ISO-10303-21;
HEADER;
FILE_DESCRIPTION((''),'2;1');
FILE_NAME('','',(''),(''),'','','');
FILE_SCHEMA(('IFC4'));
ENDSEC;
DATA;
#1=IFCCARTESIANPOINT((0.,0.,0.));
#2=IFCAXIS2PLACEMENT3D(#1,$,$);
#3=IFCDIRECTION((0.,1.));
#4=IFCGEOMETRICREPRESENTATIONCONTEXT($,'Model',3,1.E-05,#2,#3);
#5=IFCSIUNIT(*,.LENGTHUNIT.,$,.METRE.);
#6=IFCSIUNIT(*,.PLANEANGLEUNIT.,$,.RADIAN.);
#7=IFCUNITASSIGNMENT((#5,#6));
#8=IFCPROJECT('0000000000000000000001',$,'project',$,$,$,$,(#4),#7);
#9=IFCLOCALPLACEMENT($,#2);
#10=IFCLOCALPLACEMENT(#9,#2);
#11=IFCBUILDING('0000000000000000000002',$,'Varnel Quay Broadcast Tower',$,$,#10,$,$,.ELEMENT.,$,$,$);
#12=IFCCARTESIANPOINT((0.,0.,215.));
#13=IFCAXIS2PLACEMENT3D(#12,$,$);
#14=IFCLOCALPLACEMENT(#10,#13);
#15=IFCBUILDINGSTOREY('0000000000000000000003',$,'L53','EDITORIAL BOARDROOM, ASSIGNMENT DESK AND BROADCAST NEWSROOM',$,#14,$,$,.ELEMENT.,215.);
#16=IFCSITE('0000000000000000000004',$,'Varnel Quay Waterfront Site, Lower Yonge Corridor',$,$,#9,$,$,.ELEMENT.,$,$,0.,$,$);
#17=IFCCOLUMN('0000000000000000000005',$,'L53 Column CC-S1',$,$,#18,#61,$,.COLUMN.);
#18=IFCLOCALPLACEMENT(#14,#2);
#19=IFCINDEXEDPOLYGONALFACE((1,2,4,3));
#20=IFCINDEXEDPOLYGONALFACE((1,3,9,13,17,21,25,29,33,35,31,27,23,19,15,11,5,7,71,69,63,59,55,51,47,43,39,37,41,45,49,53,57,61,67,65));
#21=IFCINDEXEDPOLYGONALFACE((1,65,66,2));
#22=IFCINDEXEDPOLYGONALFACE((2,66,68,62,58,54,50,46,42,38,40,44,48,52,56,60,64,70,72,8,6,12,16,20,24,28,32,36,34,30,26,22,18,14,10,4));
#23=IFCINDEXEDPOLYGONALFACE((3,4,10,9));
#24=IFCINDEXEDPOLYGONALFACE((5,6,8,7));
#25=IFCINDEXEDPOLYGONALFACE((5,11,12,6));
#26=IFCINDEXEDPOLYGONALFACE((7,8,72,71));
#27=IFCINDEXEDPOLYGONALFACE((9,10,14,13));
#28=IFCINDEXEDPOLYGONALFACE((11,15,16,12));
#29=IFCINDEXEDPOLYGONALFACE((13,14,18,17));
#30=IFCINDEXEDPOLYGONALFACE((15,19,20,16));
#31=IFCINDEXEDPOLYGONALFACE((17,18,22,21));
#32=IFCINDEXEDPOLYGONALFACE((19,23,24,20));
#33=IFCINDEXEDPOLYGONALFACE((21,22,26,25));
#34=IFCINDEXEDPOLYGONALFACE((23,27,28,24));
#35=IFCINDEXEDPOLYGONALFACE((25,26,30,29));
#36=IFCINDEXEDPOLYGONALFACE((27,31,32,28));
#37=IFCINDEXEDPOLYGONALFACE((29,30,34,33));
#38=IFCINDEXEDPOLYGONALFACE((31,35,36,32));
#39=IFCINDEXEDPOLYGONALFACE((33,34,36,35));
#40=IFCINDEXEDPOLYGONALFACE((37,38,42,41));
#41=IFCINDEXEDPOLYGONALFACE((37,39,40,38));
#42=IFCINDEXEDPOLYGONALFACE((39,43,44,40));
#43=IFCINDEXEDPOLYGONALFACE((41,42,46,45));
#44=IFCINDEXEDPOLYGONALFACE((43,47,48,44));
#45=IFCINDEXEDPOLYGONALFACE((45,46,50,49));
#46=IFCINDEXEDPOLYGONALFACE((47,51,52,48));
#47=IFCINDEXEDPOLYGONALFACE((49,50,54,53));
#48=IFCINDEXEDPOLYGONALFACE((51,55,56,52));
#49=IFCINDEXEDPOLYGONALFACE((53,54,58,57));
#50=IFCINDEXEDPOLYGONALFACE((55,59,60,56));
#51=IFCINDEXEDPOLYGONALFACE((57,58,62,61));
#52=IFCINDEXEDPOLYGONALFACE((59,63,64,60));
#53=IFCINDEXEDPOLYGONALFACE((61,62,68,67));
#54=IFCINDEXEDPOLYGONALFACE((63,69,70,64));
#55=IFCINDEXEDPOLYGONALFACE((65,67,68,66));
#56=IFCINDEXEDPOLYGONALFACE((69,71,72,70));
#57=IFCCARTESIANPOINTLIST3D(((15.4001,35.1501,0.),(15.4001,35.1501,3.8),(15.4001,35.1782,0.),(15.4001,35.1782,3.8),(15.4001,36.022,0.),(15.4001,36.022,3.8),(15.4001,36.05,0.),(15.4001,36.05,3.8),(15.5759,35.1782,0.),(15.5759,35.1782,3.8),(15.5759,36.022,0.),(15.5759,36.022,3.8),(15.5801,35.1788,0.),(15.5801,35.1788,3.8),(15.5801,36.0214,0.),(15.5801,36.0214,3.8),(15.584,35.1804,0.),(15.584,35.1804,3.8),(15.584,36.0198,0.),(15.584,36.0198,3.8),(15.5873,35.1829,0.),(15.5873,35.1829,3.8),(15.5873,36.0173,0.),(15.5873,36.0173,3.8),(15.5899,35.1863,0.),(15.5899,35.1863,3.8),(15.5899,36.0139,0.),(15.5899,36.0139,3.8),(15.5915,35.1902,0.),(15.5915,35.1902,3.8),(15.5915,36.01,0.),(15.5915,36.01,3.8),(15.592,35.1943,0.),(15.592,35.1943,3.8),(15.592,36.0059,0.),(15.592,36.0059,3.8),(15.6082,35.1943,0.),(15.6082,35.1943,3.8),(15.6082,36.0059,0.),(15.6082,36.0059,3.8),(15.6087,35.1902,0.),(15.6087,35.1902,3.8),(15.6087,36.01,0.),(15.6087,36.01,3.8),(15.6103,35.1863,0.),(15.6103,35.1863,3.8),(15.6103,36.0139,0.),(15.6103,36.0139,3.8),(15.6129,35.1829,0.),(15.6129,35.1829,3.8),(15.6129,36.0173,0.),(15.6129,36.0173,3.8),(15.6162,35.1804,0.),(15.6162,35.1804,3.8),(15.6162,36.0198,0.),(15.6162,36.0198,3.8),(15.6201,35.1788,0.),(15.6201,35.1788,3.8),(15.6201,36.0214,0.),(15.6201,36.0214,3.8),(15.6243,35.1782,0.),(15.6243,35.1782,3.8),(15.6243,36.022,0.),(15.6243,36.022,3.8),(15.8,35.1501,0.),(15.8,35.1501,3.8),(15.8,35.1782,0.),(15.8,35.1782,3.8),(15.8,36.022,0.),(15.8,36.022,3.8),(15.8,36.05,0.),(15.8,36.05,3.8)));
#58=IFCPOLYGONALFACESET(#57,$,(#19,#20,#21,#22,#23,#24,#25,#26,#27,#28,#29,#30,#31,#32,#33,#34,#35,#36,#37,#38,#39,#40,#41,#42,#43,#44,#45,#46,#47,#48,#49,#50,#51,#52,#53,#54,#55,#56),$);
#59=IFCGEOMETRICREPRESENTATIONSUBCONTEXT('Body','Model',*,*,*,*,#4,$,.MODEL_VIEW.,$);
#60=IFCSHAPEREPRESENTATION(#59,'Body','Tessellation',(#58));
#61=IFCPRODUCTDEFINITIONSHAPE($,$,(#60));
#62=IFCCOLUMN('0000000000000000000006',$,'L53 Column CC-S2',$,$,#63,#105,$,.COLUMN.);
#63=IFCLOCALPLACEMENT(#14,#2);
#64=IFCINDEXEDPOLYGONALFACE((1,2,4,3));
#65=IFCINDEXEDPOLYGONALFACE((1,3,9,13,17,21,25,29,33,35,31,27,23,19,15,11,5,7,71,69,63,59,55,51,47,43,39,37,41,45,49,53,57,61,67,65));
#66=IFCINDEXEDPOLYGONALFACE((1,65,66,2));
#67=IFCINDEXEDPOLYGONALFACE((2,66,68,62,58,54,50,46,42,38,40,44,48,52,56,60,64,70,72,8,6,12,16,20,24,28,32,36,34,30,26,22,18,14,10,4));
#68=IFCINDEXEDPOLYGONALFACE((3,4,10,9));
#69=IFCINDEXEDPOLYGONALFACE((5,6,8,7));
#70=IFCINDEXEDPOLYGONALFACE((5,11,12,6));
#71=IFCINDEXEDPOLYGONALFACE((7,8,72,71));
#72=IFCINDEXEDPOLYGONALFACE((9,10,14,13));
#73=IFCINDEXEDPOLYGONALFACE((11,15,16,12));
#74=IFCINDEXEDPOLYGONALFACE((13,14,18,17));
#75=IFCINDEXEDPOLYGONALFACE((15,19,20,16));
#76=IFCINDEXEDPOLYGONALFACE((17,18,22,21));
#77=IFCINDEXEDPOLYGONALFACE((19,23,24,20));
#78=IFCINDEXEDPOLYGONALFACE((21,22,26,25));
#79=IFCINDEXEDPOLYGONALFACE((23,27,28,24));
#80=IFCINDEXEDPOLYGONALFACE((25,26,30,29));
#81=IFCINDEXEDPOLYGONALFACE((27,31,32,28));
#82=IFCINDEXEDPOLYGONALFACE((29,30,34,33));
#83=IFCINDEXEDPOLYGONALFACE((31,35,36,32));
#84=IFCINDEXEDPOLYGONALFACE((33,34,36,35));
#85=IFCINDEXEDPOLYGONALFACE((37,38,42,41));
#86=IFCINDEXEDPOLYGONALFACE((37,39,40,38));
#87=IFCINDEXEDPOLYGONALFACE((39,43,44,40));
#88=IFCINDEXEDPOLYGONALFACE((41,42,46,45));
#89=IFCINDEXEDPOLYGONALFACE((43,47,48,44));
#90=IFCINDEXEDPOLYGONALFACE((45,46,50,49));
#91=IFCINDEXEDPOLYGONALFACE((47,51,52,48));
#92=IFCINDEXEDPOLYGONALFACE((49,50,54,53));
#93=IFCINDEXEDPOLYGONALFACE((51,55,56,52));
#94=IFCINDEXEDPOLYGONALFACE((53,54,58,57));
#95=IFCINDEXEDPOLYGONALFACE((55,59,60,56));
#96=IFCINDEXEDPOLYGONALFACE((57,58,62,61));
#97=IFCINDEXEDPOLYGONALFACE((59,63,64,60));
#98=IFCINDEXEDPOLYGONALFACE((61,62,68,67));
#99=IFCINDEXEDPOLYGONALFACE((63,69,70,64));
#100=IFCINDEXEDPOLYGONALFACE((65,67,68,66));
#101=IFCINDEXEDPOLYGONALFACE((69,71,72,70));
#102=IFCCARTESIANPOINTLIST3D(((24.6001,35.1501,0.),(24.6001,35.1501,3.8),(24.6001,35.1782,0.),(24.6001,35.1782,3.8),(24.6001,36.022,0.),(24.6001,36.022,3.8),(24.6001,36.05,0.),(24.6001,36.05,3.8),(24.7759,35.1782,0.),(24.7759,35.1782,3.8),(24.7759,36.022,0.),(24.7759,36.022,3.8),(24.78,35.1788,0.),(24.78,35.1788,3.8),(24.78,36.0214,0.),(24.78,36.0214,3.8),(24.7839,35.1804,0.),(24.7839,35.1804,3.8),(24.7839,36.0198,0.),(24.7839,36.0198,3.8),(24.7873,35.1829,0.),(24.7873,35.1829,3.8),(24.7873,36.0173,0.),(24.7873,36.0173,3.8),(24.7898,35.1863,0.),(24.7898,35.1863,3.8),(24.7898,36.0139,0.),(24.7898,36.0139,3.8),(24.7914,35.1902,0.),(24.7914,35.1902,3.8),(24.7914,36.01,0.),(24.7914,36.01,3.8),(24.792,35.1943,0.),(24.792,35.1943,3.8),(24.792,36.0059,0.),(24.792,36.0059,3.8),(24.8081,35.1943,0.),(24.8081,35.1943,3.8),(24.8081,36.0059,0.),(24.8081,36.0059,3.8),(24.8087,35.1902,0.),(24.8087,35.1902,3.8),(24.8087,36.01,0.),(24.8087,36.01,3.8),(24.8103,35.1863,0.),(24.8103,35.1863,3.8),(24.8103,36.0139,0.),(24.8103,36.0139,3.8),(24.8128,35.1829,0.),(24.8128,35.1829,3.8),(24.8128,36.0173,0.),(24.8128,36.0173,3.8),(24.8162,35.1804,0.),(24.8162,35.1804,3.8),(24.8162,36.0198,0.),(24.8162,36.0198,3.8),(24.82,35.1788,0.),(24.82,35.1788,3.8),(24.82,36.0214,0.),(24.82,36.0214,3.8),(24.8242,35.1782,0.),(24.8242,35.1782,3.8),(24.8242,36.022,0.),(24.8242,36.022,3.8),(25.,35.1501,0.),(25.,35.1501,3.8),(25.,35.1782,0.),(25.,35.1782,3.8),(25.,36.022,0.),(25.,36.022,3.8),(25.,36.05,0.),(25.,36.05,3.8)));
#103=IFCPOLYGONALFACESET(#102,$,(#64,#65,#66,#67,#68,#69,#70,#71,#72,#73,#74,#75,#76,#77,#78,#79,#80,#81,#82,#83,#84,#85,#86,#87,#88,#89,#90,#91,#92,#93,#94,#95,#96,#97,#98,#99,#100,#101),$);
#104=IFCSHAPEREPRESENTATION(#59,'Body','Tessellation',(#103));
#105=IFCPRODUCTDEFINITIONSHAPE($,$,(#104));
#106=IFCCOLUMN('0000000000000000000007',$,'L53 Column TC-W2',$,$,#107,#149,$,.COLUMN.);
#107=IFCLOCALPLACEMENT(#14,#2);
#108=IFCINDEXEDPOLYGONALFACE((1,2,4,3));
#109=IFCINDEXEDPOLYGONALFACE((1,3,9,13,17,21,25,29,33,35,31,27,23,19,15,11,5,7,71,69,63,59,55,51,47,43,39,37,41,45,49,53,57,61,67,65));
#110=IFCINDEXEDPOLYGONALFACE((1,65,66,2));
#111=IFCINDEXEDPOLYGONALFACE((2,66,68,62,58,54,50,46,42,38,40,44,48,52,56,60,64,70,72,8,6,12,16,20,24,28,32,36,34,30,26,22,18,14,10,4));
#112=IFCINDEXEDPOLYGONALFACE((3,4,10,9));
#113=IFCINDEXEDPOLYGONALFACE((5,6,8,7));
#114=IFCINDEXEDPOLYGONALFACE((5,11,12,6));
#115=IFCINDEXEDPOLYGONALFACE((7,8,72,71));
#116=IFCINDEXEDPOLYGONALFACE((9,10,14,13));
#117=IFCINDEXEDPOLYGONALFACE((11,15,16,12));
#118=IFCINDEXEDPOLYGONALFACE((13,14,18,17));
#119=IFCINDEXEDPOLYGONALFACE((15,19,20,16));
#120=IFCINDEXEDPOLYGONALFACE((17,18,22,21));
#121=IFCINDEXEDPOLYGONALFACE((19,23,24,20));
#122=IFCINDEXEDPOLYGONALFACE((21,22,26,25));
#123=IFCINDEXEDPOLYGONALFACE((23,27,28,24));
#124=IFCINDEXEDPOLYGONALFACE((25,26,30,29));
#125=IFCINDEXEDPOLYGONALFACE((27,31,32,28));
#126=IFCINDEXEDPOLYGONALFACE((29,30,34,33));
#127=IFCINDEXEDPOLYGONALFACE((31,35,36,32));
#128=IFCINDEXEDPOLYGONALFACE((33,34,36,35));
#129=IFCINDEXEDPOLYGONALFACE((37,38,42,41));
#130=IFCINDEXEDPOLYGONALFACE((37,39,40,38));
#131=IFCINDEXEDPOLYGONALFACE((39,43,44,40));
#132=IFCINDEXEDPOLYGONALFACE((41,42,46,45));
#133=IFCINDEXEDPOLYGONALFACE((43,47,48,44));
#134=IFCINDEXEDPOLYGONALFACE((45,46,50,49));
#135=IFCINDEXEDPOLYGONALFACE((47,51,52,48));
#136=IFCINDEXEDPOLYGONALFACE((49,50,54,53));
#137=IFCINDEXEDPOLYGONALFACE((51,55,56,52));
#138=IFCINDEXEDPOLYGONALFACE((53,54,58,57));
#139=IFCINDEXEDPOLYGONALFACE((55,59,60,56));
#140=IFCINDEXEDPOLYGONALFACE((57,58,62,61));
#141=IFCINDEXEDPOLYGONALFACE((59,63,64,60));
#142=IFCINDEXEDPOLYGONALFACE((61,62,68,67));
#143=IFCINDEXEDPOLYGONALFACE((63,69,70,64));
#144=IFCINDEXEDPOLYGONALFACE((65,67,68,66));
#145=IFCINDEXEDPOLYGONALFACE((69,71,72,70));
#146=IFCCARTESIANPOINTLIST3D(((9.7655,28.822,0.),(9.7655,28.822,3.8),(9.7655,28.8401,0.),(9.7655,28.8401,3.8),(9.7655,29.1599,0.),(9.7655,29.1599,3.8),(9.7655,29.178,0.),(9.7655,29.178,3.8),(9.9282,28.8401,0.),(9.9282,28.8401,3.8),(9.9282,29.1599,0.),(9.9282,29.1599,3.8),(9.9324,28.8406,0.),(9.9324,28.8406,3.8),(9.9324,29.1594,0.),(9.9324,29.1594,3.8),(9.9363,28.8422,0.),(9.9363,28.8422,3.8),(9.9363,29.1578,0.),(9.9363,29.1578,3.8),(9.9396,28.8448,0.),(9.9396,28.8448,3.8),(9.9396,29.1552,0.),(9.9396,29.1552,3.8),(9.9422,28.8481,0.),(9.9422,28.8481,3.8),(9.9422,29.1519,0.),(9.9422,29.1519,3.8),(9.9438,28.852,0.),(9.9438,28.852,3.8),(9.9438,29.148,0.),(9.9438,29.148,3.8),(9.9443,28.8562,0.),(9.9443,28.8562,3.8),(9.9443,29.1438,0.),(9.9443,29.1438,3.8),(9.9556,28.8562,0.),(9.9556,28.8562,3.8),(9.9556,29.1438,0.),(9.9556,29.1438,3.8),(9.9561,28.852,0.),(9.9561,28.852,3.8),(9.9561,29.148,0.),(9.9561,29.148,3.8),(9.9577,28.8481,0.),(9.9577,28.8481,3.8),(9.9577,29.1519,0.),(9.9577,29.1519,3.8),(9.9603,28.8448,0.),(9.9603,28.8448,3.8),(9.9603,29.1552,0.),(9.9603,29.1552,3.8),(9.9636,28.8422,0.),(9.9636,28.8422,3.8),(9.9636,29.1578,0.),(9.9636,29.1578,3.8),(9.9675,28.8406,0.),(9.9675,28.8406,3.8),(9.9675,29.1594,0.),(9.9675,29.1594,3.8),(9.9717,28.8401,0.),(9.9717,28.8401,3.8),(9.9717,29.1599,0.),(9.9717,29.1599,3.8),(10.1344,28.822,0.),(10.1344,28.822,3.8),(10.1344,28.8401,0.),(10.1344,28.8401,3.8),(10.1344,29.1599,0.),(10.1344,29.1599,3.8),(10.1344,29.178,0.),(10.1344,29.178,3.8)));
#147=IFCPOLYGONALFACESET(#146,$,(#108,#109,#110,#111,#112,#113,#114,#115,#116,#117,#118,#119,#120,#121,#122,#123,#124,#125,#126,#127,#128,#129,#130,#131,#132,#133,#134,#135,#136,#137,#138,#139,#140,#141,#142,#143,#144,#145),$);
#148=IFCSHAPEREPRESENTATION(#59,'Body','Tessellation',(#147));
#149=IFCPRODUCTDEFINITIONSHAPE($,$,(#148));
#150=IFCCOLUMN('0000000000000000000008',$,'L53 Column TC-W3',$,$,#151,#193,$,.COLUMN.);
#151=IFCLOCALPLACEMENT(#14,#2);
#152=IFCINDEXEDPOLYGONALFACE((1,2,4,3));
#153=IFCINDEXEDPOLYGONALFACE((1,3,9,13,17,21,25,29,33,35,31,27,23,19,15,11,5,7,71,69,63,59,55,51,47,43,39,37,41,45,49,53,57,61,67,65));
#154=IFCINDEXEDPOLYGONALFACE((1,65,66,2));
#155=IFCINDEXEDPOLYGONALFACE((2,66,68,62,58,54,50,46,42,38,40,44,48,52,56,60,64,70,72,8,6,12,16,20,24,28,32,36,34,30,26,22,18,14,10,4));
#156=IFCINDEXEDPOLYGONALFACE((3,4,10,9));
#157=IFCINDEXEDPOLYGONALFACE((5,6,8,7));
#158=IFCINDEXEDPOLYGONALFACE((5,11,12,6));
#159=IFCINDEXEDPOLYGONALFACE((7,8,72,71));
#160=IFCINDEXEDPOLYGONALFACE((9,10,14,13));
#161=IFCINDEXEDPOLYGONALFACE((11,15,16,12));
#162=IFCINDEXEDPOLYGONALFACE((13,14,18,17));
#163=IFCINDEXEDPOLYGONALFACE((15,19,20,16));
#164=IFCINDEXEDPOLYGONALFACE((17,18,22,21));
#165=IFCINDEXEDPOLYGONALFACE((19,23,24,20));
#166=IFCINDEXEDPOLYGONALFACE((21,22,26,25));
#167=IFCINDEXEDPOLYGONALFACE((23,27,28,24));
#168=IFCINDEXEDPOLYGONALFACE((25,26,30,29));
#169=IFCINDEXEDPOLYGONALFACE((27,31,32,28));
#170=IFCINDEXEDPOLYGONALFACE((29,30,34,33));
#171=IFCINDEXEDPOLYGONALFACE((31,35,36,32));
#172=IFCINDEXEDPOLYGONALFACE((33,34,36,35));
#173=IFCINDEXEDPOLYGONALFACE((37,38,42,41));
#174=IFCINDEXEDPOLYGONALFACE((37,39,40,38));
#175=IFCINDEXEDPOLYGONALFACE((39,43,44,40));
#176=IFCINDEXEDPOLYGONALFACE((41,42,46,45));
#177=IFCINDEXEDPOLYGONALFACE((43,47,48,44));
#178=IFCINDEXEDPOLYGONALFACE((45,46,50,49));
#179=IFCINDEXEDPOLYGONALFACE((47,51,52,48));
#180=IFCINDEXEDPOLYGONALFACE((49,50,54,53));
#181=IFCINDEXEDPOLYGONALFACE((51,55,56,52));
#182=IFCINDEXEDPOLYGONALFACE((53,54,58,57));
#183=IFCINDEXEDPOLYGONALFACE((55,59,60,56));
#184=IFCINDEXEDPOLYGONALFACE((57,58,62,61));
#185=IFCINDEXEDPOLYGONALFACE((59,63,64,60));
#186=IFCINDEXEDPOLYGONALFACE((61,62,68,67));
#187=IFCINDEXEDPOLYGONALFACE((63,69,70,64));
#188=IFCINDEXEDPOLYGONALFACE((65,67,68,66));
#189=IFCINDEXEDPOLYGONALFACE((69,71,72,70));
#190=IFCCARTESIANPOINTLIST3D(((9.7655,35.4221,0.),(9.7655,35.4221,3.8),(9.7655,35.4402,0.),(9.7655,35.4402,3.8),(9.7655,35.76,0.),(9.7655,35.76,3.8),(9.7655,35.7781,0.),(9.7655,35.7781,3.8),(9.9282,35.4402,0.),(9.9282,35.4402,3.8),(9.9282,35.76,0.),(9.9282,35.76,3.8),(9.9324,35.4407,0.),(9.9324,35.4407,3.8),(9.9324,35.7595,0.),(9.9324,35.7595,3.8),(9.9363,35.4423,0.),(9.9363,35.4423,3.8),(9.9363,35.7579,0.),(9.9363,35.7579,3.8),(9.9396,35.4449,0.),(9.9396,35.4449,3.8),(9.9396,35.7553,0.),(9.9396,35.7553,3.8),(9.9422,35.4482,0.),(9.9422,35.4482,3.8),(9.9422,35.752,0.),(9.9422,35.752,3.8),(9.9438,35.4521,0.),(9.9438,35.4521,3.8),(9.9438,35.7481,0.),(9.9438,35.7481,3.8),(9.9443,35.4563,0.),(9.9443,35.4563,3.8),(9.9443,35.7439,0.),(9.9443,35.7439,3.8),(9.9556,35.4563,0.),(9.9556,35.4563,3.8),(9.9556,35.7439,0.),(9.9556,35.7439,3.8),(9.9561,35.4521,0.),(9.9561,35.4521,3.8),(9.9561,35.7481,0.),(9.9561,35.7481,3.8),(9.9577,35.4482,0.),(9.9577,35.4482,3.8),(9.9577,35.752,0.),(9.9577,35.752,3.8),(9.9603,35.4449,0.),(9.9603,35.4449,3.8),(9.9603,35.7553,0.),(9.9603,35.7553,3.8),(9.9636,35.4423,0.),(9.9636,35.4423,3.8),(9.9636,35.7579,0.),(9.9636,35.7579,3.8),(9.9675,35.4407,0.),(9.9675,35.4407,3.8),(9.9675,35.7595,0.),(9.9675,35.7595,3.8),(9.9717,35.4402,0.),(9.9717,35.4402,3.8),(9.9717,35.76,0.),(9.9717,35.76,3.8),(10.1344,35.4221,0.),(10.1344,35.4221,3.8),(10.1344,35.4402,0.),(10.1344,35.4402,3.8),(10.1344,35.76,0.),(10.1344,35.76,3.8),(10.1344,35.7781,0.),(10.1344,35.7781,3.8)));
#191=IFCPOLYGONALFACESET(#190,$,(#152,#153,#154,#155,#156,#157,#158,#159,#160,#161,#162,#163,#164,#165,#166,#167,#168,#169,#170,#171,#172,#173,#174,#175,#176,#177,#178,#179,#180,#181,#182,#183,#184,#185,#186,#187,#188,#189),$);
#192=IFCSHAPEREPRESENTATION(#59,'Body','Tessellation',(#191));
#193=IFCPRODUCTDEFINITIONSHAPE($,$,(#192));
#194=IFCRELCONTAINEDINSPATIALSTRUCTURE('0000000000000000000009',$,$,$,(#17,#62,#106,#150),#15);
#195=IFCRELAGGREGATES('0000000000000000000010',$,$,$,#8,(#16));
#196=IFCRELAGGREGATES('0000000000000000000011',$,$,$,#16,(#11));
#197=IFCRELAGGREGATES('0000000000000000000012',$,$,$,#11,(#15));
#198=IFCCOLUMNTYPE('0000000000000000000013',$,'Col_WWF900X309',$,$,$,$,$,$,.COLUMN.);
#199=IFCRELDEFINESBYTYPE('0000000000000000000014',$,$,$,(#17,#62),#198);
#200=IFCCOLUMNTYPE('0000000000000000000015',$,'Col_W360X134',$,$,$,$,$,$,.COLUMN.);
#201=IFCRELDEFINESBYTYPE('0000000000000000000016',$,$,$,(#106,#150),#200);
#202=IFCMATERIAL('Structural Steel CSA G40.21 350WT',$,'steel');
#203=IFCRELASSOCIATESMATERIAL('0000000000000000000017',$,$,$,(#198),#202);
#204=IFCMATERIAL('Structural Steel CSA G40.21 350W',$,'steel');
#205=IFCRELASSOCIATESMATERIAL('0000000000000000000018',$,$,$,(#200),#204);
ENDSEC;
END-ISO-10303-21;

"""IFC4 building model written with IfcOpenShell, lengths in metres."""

from ifc_helpers import new_model, si_unit, direction, frame, origin, origin_2d, place, context, subcontext, project, spatial, i_section, extrude, source, transform, mapped, material, material_profile, profile_set, type_object, type_shapes, element, save


model = new_model("IFC4")

# Units and contexts
model_context = context("Model", 3, precision=1e-05, world=origin(), true_north=direction((0.0, 1.0)))
body_context = subcontext(model_context, "Body", "Model", "MODEL_VIEW")
ifc_project = project(units=[si_unit("LENGTHUNIT", "METRE"), si_unit("PLANEANGLEUNIT", "RADIAN")], contexts=[model_context])

# Site, building, storey
site_placement = place(None, origin())
site = spatial("IfcSite", under=ifc_project, at=site_placement, Name="Varnel Quay Waterfront Site, Lower Yonge Corridor", CompositionType="ELEMENT", RefElevation=0.0)
building_placement = place(site_placement, origin())
building = spatial("IfcBuilding", under=site, at=building_placement, Name="Varnel Quay Broadcast Tower", CompositionType="ELEMENT")
storey_placement = place(building_placement, frame((0.0, 0.0, 215.0)))
storey = spatial("IfcBuildingStorey", under=building, at=storey_placement, Name="L53", Description="EDITORIAL BOARDROOM, ASSIGNMENT DESK AND BROADCAST NEWSROOM", CompositionType="ELEMENT", Elevation=215.0)

# Columns
ifc_material_1 = material(Name="Structural Steel CSA G40.21 350WT", Category="steel")
ifc_material_profile_1 = material_profile(ifc_material_1, i_section(OverallWidth=0.3999, OverallDepth=0.8999, WebThickness=0.0161, FlangeThickness=0.0281, FilletRadius=0.0161, at=origin_2d()), Name="WWF900X309")
ifc_profile_set_1 = profile_set([ifc_material_profile_1], Name="Structural Steel CSA G40.21 350WT")
column_type_1 = type_object("IfcColumnType", Name="Col_WWF900X309", PredefinedType="COLUMN", material=ifc_profile_set_1)
shared_shape_1 = source(origin(), body_context, "Body", "SweptSolid", [
    extrude(i_section(OverallWidth=0.3999, OverallDepth=0.8999, WebThickness=0.0161, FlangeThickness=0.0281, FilletRadius=0.0161, at=origin_2d()), origin(), (0.0, 0.0, 1.0), 3.8),
])
type_shapes(column_type_1, [shared_shape_1])
for number, where, z_axis, x_axis, name in (
    (1, (15.6001, 35.6001, 0.0), (0.0, 0.0, 1.0), (1.0, 0.0, 0.0), "L53 Column CC-S1"),
    (2, (24.8, 35.6001, 0.0), (0.0, 0.0, 1.0), (1.0, 0.0, 0.0), "L53 Column CC-S2"),
):
    element("IfcColumn", number, at=place(storey_placement, frame(where, z_axis=z_axis, x_axis=x_axis)), inside=storey, type_object=column_type_1, Name=name, PredefinedType="COLUMN", context=body_context, shape_type="MappedRepresentation", body=[
        mapped(shared_shape_1, transform((0.0, 0.0, 0.0), x_axis=(1.0, 0.0, 0.0), y_axis=(0.0, 1.0, 0.0), z_axis=(0.0, 0.0, 1.0), scale=1.0)),
    ])
ifc_material_2 = material(Name="Structural Steel CSA G40.21 350W", Category="steel")
ifc_material_profile_2 = material_profile(ifc_material_2, i_section(OverallWidth=0.3689, OverallDepth=0.356, WebThickness=0.0112, FlangeThickness=0.0181, FilletRadius=0.0161, at=origin_2d()), Name="W360X134")
ifc_profile_set_2 = profile_set([ifc_material_profile_2], Name="Structural Steel CSA G40.21 350W")
column_type_2 = type_object("IfcColumnType", Name="Col_W360X134", PredefinedType="COLUMN", material=ifc_profile_set_2)
shared_shape_2 = source(origin(), body_context, "Body", "SweptSolid", [
    extrude(i_section(OverallWidth=0.3689, OverallDepth=0.356, WebThickness=0.0112, FlangeThickness=0.0181, FilletRadius=0.0161, at=origin_2d()), origin(), (0.0, 0.0, 1.0), 3.8),
])
type_shapes(column_type_2, [shared_shape_2])
for number, where, z_axis, x_axis, name in (
    (3, (9.95, 29.0, 0.0), (0.0, 0.0, 1.0), (1.0, 0.0, 0.0), "L53 Column TC-W2"),
    (4, (9.95, 35.6001, 0.0), (0.0, 0.0, 1.0), (1.0, 0.0, 0.0), "L53 Column TC-W3"),
):
    element("IfcColumn", number, at=place(storey_placement, frame(where, z_axis=z_axis, x_axis=x_axis)), inside=storey, type_object=column_type_2, Name=name, PredefinedType="COLUMN", context=body_context, shape_type="MappedRepresentation", body=[
        mapped(shared_shape_2, transform((0.0, 0.0, 0.0), x_axis=(1.0, 0.0, 0.0), y_axis=(0.0, 1.0, 0.0), z_axis=(0.0, 0.0, 1.0), scale=1.0)),
    ])

save(model, "model.ifc")
